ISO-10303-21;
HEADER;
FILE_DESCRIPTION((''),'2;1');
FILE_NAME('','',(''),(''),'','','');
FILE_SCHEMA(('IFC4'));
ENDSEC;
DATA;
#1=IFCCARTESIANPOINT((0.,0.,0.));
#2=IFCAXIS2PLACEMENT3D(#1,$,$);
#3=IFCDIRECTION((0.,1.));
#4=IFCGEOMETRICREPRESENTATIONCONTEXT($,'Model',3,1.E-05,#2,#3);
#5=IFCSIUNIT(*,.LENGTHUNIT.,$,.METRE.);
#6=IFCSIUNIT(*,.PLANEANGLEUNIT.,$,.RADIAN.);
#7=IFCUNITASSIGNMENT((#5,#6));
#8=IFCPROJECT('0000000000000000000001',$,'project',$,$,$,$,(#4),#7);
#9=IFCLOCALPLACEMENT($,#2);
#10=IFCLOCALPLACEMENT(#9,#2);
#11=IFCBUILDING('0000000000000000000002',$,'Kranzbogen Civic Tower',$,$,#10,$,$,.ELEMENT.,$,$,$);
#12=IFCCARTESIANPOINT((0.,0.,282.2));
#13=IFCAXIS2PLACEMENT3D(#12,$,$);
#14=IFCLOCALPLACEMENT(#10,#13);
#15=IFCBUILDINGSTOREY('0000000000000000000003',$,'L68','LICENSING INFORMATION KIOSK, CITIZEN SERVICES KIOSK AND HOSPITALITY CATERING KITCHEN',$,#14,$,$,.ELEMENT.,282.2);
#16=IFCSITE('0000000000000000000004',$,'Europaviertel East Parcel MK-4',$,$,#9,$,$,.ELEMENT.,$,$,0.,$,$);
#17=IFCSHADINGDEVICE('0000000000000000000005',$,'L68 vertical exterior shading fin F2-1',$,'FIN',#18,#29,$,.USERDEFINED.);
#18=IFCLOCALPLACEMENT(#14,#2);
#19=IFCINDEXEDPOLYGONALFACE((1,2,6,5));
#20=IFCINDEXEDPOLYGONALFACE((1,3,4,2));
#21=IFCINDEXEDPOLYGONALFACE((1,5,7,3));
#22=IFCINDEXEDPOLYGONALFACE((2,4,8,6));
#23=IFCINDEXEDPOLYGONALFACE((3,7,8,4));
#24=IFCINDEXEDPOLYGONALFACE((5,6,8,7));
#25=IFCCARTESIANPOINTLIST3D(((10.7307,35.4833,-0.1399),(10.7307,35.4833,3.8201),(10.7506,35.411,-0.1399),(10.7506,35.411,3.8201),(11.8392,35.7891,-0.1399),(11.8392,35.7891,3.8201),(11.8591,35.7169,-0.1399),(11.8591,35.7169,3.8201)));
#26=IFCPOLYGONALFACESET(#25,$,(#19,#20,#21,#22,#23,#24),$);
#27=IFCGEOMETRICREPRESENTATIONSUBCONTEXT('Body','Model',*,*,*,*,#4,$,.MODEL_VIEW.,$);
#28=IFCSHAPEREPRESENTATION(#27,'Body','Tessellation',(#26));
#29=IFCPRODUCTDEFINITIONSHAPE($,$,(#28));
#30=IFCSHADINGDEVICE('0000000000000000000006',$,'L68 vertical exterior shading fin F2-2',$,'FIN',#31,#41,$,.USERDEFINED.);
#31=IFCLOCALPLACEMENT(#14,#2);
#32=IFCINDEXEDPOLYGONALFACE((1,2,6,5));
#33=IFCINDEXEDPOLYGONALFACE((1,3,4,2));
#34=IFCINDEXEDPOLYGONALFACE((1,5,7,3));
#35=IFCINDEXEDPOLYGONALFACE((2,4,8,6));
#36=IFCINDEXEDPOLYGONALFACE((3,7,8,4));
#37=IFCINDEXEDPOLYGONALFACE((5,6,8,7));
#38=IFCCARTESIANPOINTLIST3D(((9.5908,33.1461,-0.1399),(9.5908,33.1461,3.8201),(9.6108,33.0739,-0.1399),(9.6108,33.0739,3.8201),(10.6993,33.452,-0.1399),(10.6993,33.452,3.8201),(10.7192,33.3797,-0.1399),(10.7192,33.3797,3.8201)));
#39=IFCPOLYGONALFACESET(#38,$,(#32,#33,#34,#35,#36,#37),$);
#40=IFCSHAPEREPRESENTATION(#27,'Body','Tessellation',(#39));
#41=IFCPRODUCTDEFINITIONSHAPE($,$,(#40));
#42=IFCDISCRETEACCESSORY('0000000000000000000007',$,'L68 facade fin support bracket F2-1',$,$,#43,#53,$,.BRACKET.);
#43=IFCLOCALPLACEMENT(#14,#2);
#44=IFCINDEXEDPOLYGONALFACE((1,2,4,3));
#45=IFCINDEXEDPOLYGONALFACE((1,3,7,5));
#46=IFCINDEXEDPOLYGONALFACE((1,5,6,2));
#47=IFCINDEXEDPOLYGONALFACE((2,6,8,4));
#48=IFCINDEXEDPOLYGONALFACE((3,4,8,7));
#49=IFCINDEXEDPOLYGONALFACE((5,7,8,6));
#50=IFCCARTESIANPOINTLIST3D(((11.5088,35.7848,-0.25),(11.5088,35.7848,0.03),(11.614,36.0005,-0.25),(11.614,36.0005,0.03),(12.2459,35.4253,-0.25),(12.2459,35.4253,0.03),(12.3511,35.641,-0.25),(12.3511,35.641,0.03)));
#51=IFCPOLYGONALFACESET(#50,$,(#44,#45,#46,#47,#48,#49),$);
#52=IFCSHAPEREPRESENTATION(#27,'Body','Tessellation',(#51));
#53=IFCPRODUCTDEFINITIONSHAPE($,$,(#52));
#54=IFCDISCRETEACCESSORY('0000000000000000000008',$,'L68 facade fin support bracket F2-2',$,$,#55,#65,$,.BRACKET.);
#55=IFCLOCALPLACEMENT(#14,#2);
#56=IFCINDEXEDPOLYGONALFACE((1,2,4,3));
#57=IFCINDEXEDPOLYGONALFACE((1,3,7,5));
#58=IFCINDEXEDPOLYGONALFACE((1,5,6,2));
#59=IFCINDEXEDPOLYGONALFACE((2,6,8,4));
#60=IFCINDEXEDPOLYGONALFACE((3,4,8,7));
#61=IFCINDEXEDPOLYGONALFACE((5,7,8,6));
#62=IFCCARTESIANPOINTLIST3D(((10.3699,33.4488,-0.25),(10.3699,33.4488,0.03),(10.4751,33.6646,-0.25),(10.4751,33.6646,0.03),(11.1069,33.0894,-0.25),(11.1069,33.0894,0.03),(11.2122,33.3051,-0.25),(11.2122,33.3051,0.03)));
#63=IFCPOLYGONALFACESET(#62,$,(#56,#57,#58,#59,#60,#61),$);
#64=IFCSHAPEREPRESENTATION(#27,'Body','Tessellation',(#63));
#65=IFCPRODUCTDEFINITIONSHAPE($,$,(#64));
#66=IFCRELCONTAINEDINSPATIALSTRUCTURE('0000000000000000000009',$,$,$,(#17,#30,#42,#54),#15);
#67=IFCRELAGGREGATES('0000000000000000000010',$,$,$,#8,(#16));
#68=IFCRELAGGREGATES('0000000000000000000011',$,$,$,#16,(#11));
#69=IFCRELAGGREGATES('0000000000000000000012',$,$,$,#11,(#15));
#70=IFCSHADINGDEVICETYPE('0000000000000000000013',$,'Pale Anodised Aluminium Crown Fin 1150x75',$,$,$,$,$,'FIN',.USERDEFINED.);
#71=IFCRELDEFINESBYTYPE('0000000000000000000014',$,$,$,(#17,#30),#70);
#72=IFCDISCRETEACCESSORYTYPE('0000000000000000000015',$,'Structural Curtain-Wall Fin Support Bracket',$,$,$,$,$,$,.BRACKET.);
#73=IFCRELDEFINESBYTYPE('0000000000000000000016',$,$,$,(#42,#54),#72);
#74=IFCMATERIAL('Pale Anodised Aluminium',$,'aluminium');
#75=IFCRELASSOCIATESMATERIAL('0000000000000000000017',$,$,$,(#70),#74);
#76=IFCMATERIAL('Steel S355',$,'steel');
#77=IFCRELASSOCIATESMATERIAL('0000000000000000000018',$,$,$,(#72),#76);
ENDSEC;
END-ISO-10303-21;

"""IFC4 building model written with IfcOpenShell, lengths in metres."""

from ifc_helpers import new_model, si_unit, direction, frame, origin, origin_2d, place, context, subcontext, project, spatial, rectangle, extrude, material, type_object, element, save


model = new_model("IFC4")

# Units and contexts
model_context = context("Model", 3, precision=1e-05, world=origin(), true_north=direction((0.0, 1.0)))
body_context = subcontext(model_context, "Body", "Model", "MODEL_VIEW")
ifc_project = project(units=[si_unit("LENGTHUNIT", "METRE"), si_unit("PLANEANGLEUNIT", "RADIAN")], contexts=[model_context])

# Site, building, storey
site_placement = place(None, origin())
site = spatial("IfcSite", under=ifc_project, at=site_placement, Name="Europaviertel East Parcel MK-4", CompositionType="ELEMENT", RefElevation=0.0)
building_placement = place(site_placement, origin())
building = spatial("IfcBuilding", under=site, at=building_placement, Name="Kranzbogen Civic Tower", CompositionType="ELEMENT")
storey_placement = place(building_placement, frame((0.0, 0.0, 282.2)))
storey = spatial("IfcBuildingStorey", under=building, at=storey_placement, Name="L68", Description="LICENSING INFORMATION KIOSK, CITIZEN SERVICES KIOSK AND HOSPITALITY CATERING KITCHEN", CompositionType="ELEMENT", Elevation=282.2)

# Shared definitions
ifc_material_1 = material(Name="Steel S355", Category="steel")

# Shared definitions
ifc_material_2 = material(Name="Pale Anodised Aluminium", Category="aluminium")

# Shading devices
shading_device_type = type_object("IfcShadingDeviceType", Name="Pale Anodised Aluminium Crown Fin 1150x75", ElementType="FIN", PredefinedType="USERDEFINED", material=ifc_material_2)
for number, where, z_axis, x_axis, name in (
    (1, (11.2949, 35.6001, -0.1399), (0.0, 0.0, 1.0), (-0.963979, -0.265977, 0.0), "L68 vertical exterior shading fin F2-1"),
    (2, (10.155, 33.2629, -0.1399), (0.0, 0.0, 1.0), (-0.963979, -0.265977, 0.0), "L68 vertical exterior shading fin F2-2"),
):
    element("IfcShadingDevice", number, at=place(storey_placement, frame(where, z_axis=z_axis, x_axis=x_axis)), inside=storey, type_object=shading_device_type, Name=name, ObjectType="FIN", PredefinedType="USERDEFINED", context=body_context, shape_type="SweptSolid", body=[
        extrude(rectangle(XDim=1.1499, YDim=0.075, at=origin_2d()), origin(), (0.0, 0.0, 1.0), 3.96),
    ])

# Discrete accessories
discrete_accessory_type = type_object("IfcDiscreteAccessoryType", Name="Structural Curtain-Wall Fin Support Bracket", PredefinedType="BRACKET", material=ifc_material_1)
for number, where, z_axis, x_axis, name in (
    (3, (11.9299, 35.7129, -0.25), (0.0, 0.0, 1.0), (-0.898794, 0.438371, 0.0), "L68 facade fin support bracket F2-1"),
    (4, (10.791, 33.377, -0.25), (0.0, 0.0, 1.0), (-0.898794, 0.438371, 0.0), "L68 facade fin support bracket F2-2"),
):
    element("IfcDiscreteAccessory", number, at=place(storey_placement, frame(where, z_axis=z_axis, x_axis=x_axis)), inside=storey, type_object=discrete_accessory_type, Name=name, PredefinedType="BRACKET", context=body_context, shape_type="SweptSolid", body=[
        extrude(rectangle(XDim=0.8201, YDim=0.24, at=origin_2d()), origin(), (0.0, 0.0, 1.0), 0.28),
    ])

save(model, "model.ifc")
